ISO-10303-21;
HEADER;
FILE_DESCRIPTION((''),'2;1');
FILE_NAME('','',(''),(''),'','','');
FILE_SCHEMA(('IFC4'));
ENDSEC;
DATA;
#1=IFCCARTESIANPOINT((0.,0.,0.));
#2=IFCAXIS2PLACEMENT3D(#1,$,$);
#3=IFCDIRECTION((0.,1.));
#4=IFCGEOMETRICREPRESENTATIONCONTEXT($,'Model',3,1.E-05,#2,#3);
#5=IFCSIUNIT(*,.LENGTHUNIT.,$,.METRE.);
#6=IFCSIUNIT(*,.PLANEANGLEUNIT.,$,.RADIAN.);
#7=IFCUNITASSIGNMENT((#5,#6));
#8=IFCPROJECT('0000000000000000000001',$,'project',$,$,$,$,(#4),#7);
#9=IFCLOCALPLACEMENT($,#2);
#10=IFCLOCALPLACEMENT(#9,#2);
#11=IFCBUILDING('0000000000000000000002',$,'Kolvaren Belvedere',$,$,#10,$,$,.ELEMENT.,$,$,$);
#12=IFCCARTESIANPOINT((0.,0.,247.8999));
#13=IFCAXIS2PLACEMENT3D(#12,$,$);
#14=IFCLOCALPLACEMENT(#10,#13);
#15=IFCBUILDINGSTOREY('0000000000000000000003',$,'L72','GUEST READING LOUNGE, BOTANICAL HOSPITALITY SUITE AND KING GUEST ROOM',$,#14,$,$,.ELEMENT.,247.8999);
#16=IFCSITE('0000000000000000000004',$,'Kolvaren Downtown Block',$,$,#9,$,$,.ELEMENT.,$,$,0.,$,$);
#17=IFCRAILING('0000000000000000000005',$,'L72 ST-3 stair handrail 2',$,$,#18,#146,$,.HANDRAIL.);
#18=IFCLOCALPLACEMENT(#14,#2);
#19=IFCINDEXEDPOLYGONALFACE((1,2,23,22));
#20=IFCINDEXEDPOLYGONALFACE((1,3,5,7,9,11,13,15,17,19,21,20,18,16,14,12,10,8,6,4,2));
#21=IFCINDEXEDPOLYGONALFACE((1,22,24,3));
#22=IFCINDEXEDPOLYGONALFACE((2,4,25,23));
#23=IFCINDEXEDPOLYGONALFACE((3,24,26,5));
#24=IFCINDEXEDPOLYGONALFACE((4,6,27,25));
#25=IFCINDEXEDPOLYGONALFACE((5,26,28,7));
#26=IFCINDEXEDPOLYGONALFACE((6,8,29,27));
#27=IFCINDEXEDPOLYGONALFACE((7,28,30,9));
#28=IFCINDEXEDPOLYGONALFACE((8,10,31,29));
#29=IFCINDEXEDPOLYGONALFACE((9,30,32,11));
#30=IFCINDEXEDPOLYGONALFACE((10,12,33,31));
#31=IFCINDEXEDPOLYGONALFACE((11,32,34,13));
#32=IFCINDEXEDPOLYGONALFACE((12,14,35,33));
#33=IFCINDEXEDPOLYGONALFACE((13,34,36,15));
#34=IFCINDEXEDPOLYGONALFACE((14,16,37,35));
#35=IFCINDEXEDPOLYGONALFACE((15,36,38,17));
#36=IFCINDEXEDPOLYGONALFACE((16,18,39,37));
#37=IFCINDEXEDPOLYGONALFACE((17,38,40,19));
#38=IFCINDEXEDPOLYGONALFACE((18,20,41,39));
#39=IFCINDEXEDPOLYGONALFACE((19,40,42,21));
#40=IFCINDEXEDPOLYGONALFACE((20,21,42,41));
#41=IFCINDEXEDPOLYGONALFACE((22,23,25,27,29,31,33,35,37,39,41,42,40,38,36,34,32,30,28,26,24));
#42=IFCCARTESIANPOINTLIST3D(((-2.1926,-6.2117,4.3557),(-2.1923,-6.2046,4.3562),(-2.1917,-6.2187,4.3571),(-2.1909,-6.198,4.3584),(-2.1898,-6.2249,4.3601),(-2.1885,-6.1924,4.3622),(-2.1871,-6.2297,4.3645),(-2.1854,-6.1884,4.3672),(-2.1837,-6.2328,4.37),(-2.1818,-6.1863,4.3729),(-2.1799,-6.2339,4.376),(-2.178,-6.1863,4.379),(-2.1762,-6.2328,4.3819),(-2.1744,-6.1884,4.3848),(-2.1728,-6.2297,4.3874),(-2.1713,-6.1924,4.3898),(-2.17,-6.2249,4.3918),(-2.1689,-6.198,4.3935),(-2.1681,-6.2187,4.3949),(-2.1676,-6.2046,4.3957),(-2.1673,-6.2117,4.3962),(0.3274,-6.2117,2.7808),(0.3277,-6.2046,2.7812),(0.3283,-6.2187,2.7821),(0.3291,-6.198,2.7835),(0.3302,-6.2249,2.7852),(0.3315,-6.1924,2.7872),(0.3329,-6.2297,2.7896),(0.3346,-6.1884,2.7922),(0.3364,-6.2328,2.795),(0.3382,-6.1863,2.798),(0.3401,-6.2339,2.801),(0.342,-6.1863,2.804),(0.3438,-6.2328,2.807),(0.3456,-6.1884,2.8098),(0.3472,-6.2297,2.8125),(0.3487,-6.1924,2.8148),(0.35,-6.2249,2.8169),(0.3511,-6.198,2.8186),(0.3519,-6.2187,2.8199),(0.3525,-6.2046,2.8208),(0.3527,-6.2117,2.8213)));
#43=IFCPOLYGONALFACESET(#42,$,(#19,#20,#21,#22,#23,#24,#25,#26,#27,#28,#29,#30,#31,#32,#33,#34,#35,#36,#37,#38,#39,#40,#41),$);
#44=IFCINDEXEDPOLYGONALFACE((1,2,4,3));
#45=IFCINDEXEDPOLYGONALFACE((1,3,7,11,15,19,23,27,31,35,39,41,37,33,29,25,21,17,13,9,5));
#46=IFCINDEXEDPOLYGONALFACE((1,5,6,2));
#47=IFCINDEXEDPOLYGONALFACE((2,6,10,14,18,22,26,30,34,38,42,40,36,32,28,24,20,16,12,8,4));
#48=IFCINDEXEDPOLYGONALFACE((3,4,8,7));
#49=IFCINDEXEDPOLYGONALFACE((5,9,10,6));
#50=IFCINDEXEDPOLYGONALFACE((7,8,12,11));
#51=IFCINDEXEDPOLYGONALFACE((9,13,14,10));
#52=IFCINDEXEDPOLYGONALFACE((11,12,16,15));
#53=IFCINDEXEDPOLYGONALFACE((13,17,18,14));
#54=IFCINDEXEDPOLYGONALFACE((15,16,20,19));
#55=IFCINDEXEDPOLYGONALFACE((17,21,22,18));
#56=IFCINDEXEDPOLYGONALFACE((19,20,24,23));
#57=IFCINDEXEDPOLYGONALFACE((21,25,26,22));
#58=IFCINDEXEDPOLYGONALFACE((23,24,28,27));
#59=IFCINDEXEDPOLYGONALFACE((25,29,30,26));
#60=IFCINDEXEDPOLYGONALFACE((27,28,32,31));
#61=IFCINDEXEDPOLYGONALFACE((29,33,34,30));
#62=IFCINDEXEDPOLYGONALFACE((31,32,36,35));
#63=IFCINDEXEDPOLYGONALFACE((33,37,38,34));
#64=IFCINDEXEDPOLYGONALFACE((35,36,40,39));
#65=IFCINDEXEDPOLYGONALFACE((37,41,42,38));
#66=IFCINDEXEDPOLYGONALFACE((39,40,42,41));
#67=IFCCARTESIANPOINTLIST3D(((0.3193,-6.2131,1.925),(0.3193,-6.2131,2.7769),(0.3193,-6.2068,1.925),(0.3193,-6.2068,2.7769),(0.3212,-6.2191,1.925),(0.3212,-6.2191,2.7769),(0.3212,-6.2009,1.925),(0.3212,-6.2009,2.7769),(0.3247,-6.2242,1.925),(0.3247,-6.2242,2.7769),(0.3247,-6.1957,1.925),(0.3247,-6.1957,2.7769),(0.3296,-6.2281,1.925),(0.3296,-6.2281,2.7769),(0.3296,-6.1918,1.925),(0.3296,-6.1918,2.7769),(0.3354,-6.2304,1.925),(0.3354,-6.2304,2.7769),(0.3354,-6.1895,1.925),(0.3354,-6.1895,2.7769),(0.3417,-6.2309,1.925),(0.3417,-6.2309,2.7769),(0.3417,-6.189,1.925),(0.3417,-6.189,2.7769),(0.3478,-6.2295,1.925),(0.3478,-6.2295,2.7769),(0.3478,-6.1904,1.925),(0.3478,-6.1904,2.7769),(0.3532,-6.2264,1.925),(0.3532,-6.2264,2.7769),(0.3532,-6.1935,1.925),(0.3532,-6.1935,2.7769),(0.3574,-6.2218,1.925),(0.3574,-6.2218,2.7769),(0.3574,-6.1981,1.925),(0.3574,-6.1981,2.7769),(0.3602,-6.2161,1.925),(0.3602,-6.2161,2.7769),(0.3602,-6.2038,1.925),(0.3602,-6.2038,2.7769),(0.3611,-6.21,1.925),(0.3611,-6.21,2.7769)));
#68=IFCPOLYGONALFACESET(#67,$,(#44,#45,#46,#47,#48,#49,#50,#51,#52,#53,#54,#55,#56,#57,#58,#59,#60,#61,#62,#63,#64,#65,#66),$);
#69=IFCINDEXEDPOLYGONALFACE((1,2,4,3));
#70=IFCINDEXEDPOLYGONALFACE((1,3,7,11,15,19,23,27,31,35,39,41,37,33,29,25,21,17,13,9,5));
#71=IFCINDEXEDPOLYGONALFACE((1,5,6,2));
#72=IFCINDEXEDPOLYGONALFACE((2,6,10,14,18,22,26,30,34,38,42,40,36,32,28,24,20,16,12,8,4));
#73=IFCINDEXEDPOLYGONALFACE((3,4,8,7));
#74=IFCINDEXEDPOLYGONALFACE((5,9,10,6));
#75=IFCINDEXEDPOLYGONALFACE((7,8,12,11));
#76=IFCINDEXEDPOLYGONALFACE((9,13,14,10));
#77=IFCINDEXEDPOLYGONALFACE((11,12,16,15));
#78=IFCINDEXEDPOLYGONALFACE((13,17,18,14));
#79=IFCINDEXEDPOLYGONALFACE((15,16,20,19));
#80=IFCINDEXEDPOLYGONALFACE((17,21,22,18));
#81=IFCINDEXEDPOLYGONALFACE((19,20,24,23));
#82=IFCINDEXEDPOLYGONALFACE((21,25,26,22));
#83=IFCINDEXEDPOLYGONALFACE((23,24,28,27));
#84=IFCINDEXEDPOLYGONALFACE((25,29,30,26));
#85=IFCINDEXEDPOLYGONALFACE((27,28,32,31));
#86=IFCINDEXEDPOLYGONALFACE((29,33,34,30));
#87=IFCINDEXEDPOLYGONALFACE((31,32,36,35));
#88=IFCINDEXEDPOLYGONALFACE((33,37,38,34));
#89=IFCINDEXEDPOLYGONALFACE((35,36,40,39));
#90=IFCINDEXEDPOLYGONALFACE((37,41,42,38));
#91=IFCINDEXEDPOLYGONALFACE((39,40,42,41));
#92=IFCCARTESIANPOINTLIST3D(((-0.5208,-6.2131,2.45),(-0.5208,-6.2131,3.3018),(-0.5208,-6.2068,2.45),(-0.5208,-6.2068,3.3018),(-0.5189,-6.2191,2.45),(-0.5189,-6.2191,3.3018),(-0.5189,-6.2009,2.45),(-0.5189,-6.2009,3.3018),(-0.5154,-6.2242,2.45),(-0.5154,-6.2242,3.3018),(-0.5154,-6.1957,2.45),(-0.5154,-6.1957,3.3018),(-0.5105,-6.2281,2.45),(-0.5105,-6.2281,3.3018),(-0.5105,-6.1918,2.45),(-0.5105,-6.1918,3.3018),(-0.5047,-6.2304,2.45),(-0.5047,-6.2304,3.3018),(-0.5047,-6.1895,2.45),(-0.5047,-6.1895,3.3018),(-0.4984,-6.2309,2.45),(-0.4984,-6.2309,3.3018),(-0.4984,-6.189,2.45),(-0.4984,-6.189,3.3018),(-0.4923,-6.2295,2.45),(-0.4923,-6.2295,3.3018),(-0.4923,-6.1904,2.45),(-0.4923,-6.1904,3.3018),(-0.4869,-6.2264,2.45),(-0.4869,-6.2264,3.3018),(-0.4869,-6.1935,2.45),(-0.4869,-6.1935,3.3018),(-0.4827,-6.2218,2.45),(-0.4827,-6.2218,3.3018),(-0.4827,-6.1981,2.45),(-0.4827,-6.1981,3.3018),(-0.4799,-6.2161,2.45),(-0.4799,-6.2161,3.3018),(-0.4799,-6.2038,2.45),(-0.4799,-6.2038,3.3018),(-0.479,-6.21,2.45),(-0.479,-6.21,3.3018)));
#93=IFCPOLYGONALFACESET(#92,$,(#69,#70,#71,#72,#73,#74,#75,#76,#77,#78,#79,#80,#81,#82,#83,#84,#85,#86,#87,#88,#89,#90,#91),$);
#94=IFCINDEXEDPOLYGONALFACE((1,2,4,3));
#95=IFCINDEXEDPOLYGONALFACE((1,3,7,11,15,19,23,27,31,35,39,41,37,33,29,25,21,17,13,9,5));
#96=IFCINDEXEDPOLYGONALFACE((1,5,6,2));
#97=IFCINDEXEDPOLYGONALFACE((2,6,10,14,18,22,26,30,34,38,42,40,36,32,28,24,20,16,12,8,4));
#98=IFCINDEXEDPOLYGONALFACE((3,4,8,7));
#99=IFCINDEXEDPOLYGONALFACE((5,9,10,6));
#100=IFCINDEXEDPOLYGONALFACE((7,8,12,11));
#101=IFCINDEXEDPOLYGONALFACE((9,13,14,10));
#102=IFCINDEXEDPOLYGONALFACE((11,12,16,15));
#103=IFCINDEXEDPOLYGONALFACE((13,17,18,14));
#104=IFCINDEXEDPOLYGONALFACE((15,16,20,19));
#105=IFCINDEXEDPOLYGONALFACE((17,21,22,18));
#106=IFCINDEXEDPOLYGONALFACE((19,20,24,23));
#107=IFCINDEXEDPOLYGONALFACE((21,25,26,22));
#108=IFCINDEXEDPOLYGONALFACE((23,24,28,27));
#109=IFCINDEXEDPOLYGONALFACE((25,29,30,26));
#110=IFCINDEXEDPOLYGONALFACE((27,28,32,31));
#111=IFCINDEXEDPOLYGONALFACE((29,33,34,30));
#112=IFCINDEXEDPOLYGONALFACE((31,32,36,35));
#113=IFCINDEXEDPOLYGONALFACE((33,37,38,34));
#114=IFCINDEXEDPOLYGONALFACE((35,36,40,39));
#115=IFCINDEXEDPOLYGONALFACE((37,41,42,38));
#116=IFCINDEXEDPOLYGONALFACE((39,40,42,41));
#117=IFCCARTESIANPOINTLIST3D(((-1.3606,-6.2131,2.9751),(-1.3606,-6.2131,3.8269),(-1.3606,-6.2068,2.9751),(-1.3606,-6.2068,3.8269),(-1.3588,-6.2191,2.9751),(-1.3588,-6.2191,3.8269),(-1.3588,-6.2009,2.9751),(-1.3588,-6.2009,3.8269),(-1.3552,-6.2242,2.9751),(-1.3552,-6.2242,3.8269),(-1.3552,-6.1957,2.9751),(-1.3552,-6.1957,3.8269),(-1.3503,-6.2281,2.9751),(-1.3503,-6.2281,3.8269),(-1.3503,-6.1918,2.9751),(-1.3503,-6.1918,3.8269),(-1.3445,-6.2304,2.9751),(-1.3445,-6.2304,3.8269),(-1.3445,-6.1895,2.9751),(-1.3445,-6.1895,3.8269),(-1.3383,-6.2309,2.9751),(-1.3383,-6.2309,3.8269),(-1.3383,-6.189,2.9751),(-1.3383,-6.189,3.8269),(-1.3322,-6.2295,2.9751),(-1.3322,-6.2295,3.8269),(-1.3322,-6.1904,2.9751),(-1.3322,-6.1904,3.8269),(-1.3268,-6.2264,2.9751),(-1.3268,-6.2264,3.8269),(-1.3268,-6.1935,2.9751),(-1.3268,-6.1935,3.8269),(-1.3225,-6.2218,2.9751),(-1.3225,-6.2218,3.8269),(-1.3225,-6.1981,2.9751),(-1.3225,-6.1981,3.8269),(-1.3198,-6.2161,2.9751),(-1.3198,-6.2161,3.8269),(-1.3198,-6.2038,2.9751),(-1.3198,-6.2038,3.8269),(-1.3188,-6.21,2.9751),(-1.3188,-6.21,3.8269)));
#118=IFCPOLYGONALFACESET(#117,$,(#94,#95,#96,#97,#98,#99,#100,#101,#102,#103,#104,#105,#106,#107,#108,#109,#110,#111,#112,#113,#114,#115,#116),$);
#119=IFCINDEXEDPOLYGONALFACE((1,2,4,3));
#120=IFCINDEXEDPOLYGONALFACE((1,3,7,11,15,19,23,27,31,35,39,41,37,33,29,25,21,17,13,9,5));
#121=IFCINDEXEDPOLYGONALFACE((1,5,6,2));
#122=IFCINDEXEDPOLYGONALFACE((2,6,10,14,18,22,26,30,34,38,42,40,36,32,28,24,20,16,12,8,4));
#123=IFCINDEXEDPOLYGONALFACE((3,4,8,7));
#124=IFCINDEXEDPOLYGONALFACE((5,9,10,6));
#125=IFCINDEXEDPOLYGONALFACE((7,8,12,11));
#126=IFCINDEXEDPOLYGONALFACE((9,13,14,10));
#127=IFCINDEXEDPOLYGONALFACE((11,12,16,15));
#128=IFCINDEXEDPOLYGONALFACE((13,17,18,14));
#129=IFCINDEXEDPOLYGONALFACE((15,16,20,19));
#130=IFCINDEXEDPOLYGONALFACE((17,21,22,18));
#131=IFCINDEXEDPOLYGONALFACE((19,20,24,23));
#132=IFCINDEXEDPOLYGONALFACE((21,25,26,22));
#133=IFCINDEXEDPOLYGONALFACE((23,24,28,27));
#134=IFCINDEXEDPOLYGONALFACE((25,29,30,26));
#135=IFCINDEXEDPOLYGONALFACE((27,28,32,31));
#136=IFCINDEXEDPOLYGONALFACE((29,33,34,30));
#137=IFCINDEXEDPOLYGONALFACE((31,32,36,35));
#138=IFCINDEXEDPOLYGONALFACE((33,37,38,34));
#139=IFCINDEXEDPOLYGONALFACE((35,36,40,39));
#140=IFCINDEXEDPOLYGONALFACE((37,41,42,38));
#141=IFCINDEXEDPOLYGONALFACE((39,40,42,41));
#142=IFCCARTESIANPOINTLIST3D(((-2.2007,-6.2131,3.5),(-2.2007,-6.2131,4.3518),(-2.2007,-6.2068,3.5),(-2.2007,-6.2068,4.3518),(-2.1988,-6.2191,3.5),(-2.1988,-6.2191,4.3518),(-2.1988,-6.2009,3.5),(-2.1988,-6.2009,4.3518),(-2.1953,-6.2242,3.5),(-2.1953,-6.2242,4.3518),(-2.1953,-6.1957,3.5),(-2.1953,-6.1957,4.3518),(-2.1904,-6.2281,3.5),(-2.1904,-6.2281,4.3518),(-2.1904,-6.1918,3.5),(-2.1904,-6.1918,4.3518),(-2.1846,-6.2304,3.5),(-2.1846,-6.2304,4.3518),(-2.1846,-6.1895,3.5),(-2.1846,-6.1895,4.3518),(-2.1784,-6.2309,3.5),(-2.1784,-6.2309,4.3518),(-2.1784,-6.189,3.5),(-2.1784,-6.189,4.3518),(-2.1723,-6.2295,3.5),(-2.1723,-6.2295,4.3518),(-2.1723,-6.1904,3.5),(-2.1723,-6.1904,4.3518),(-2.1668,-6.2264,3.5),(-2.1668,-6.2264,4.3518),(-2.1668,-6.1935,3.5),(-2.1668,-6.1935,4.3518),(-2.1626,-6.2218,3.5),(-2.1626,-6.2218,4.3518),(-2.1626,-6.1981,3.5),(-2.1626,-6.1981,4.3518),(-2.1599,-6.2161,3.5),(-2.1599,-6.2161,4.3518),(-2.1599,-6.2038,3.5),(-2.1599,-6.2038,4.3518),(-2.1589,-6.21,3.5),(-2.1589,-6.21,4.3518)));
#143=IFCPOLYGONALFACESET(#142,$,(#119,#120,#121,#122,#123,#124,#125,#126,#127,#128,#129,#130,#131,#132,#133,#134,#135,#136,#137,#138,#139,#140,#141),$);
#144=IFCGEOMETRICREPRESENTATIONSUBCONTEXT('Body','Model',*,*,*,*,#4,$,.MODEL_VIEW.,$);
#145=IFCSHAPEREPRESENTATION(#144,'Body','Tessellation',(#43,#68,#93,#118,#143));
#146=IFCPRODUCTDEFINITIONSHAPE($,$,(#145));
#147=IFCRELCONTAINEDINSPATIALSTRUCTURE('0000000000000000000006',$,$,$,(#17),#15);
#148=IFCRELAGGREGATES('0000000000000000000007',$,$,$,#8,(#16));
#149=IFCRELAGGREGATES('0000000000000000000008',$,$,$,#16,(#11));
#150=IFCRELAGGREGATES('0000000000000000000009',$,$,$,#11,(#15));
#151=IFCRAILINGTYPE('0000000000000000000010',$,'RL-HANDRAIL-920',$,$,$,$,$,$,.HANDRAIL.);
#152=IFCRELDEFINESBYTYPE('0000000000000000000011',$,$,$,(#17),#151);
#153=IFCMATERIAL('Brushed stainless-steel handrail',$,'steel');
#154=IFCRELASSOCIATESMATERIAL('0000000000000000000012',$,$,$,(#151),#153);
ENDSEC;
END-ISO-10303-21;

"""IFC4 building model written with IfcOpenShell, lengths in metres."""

from ifc_helpers import new_model, si_unit, direction, frame, origin, origin_2d, place, context, subcontext, project, spatial, circle, extrude, material, type_object, element, save


model = new_model("IFC4")

# Units and contexts
model_context = context("Model", 3, precision=1e-05, world=origin(), true_north=direction((0.0, 1.0)))
body_context = subcontext(model_context, "Body", "Model", "MODEL_VIEW")
ifc_project = project(units=[si_unit("LENGTHUNIT", "METRE"), si_unit("PLANEANGLEUNIT", "RADIAN")], contexts=[model_context])

# Site, building, storey
site_placement = place(None, origin())
site = spatial("IfcSite", under=ifc_project, at=site_placement, Name="Kolvaren Downtown Block", CompositionType="ELEMENT", RefElevation=0.0)
building_placement = place(site_placement, origin())
building = spatial("IfcBuilding", under=site, at=building_placement, Name="Kolvaren Belvedere", CompositionType="ELEMENT")
storey_placement = place(building_placement, frame((0.0, 0.0, 247.8999)))
storey = spatial("IfcBuildingStorey", under=building, at=storey_placement, Name="L72", Description="GUEST READING LOUNGE, BOTANICAL HOSPITALITY SUITE AND KING GUEST ROOM", CompositionType="ELEMENT", Elevation=247.8999)

# Railing
ifc_material_1 = material(Name="Brushed stainless-steel handrail", Category="steel")
railing_type_1 = type_object("IfcRailingType", Name="RL-HANDRAIL-920", PredefinedType="HANDRAIL", material=ifc_material_1)
railing_1_placement = place(storey_placement, frame((0.3401, -6.21, 1.925)))
element("IfcRailing", 1, at=railing_1_placement, inside=storey, type_object=railing_type_1, Name="L72 ST-3 stair handrail 2", PredefinedType="HANDRAIL", context=body_context, shape_type="SweptSolid", body=[
    extrude(circle(Radius=0.0239, at=origin_2d()), frame((0.0, 0.0, 0.876), z_axis=(-0.848008, 0.0, 0.529984), x_axis=(0.0, -1.0, 0.0)), (0.0, 0.0, 1.0), 2.9717),
    extrude(circle(Radius=0.021, at=origin_2d()), origin(), (0.0, 0.0, 1.0), 0.8518),
    extrude(circle(Radius=0.021, at=origin_2d()), frame((-0.8401, 0.0, 0.5249)), (0.0, 0.0, 1.0), 0.8518),
    extrude(circle(Radius=0.021, at=origin_2d()), frame((-1.6799, 0.0, 1.05)), (0.0, 0.0, 1.0), 0.8518),
    extrude(circle(Radius=0.021, at=origin_2d()), frame((-2.52, 0.0, 1.575)), (0.0, 0.0, 1.0), 0.8518),
])

save(model, "model.ifc")
